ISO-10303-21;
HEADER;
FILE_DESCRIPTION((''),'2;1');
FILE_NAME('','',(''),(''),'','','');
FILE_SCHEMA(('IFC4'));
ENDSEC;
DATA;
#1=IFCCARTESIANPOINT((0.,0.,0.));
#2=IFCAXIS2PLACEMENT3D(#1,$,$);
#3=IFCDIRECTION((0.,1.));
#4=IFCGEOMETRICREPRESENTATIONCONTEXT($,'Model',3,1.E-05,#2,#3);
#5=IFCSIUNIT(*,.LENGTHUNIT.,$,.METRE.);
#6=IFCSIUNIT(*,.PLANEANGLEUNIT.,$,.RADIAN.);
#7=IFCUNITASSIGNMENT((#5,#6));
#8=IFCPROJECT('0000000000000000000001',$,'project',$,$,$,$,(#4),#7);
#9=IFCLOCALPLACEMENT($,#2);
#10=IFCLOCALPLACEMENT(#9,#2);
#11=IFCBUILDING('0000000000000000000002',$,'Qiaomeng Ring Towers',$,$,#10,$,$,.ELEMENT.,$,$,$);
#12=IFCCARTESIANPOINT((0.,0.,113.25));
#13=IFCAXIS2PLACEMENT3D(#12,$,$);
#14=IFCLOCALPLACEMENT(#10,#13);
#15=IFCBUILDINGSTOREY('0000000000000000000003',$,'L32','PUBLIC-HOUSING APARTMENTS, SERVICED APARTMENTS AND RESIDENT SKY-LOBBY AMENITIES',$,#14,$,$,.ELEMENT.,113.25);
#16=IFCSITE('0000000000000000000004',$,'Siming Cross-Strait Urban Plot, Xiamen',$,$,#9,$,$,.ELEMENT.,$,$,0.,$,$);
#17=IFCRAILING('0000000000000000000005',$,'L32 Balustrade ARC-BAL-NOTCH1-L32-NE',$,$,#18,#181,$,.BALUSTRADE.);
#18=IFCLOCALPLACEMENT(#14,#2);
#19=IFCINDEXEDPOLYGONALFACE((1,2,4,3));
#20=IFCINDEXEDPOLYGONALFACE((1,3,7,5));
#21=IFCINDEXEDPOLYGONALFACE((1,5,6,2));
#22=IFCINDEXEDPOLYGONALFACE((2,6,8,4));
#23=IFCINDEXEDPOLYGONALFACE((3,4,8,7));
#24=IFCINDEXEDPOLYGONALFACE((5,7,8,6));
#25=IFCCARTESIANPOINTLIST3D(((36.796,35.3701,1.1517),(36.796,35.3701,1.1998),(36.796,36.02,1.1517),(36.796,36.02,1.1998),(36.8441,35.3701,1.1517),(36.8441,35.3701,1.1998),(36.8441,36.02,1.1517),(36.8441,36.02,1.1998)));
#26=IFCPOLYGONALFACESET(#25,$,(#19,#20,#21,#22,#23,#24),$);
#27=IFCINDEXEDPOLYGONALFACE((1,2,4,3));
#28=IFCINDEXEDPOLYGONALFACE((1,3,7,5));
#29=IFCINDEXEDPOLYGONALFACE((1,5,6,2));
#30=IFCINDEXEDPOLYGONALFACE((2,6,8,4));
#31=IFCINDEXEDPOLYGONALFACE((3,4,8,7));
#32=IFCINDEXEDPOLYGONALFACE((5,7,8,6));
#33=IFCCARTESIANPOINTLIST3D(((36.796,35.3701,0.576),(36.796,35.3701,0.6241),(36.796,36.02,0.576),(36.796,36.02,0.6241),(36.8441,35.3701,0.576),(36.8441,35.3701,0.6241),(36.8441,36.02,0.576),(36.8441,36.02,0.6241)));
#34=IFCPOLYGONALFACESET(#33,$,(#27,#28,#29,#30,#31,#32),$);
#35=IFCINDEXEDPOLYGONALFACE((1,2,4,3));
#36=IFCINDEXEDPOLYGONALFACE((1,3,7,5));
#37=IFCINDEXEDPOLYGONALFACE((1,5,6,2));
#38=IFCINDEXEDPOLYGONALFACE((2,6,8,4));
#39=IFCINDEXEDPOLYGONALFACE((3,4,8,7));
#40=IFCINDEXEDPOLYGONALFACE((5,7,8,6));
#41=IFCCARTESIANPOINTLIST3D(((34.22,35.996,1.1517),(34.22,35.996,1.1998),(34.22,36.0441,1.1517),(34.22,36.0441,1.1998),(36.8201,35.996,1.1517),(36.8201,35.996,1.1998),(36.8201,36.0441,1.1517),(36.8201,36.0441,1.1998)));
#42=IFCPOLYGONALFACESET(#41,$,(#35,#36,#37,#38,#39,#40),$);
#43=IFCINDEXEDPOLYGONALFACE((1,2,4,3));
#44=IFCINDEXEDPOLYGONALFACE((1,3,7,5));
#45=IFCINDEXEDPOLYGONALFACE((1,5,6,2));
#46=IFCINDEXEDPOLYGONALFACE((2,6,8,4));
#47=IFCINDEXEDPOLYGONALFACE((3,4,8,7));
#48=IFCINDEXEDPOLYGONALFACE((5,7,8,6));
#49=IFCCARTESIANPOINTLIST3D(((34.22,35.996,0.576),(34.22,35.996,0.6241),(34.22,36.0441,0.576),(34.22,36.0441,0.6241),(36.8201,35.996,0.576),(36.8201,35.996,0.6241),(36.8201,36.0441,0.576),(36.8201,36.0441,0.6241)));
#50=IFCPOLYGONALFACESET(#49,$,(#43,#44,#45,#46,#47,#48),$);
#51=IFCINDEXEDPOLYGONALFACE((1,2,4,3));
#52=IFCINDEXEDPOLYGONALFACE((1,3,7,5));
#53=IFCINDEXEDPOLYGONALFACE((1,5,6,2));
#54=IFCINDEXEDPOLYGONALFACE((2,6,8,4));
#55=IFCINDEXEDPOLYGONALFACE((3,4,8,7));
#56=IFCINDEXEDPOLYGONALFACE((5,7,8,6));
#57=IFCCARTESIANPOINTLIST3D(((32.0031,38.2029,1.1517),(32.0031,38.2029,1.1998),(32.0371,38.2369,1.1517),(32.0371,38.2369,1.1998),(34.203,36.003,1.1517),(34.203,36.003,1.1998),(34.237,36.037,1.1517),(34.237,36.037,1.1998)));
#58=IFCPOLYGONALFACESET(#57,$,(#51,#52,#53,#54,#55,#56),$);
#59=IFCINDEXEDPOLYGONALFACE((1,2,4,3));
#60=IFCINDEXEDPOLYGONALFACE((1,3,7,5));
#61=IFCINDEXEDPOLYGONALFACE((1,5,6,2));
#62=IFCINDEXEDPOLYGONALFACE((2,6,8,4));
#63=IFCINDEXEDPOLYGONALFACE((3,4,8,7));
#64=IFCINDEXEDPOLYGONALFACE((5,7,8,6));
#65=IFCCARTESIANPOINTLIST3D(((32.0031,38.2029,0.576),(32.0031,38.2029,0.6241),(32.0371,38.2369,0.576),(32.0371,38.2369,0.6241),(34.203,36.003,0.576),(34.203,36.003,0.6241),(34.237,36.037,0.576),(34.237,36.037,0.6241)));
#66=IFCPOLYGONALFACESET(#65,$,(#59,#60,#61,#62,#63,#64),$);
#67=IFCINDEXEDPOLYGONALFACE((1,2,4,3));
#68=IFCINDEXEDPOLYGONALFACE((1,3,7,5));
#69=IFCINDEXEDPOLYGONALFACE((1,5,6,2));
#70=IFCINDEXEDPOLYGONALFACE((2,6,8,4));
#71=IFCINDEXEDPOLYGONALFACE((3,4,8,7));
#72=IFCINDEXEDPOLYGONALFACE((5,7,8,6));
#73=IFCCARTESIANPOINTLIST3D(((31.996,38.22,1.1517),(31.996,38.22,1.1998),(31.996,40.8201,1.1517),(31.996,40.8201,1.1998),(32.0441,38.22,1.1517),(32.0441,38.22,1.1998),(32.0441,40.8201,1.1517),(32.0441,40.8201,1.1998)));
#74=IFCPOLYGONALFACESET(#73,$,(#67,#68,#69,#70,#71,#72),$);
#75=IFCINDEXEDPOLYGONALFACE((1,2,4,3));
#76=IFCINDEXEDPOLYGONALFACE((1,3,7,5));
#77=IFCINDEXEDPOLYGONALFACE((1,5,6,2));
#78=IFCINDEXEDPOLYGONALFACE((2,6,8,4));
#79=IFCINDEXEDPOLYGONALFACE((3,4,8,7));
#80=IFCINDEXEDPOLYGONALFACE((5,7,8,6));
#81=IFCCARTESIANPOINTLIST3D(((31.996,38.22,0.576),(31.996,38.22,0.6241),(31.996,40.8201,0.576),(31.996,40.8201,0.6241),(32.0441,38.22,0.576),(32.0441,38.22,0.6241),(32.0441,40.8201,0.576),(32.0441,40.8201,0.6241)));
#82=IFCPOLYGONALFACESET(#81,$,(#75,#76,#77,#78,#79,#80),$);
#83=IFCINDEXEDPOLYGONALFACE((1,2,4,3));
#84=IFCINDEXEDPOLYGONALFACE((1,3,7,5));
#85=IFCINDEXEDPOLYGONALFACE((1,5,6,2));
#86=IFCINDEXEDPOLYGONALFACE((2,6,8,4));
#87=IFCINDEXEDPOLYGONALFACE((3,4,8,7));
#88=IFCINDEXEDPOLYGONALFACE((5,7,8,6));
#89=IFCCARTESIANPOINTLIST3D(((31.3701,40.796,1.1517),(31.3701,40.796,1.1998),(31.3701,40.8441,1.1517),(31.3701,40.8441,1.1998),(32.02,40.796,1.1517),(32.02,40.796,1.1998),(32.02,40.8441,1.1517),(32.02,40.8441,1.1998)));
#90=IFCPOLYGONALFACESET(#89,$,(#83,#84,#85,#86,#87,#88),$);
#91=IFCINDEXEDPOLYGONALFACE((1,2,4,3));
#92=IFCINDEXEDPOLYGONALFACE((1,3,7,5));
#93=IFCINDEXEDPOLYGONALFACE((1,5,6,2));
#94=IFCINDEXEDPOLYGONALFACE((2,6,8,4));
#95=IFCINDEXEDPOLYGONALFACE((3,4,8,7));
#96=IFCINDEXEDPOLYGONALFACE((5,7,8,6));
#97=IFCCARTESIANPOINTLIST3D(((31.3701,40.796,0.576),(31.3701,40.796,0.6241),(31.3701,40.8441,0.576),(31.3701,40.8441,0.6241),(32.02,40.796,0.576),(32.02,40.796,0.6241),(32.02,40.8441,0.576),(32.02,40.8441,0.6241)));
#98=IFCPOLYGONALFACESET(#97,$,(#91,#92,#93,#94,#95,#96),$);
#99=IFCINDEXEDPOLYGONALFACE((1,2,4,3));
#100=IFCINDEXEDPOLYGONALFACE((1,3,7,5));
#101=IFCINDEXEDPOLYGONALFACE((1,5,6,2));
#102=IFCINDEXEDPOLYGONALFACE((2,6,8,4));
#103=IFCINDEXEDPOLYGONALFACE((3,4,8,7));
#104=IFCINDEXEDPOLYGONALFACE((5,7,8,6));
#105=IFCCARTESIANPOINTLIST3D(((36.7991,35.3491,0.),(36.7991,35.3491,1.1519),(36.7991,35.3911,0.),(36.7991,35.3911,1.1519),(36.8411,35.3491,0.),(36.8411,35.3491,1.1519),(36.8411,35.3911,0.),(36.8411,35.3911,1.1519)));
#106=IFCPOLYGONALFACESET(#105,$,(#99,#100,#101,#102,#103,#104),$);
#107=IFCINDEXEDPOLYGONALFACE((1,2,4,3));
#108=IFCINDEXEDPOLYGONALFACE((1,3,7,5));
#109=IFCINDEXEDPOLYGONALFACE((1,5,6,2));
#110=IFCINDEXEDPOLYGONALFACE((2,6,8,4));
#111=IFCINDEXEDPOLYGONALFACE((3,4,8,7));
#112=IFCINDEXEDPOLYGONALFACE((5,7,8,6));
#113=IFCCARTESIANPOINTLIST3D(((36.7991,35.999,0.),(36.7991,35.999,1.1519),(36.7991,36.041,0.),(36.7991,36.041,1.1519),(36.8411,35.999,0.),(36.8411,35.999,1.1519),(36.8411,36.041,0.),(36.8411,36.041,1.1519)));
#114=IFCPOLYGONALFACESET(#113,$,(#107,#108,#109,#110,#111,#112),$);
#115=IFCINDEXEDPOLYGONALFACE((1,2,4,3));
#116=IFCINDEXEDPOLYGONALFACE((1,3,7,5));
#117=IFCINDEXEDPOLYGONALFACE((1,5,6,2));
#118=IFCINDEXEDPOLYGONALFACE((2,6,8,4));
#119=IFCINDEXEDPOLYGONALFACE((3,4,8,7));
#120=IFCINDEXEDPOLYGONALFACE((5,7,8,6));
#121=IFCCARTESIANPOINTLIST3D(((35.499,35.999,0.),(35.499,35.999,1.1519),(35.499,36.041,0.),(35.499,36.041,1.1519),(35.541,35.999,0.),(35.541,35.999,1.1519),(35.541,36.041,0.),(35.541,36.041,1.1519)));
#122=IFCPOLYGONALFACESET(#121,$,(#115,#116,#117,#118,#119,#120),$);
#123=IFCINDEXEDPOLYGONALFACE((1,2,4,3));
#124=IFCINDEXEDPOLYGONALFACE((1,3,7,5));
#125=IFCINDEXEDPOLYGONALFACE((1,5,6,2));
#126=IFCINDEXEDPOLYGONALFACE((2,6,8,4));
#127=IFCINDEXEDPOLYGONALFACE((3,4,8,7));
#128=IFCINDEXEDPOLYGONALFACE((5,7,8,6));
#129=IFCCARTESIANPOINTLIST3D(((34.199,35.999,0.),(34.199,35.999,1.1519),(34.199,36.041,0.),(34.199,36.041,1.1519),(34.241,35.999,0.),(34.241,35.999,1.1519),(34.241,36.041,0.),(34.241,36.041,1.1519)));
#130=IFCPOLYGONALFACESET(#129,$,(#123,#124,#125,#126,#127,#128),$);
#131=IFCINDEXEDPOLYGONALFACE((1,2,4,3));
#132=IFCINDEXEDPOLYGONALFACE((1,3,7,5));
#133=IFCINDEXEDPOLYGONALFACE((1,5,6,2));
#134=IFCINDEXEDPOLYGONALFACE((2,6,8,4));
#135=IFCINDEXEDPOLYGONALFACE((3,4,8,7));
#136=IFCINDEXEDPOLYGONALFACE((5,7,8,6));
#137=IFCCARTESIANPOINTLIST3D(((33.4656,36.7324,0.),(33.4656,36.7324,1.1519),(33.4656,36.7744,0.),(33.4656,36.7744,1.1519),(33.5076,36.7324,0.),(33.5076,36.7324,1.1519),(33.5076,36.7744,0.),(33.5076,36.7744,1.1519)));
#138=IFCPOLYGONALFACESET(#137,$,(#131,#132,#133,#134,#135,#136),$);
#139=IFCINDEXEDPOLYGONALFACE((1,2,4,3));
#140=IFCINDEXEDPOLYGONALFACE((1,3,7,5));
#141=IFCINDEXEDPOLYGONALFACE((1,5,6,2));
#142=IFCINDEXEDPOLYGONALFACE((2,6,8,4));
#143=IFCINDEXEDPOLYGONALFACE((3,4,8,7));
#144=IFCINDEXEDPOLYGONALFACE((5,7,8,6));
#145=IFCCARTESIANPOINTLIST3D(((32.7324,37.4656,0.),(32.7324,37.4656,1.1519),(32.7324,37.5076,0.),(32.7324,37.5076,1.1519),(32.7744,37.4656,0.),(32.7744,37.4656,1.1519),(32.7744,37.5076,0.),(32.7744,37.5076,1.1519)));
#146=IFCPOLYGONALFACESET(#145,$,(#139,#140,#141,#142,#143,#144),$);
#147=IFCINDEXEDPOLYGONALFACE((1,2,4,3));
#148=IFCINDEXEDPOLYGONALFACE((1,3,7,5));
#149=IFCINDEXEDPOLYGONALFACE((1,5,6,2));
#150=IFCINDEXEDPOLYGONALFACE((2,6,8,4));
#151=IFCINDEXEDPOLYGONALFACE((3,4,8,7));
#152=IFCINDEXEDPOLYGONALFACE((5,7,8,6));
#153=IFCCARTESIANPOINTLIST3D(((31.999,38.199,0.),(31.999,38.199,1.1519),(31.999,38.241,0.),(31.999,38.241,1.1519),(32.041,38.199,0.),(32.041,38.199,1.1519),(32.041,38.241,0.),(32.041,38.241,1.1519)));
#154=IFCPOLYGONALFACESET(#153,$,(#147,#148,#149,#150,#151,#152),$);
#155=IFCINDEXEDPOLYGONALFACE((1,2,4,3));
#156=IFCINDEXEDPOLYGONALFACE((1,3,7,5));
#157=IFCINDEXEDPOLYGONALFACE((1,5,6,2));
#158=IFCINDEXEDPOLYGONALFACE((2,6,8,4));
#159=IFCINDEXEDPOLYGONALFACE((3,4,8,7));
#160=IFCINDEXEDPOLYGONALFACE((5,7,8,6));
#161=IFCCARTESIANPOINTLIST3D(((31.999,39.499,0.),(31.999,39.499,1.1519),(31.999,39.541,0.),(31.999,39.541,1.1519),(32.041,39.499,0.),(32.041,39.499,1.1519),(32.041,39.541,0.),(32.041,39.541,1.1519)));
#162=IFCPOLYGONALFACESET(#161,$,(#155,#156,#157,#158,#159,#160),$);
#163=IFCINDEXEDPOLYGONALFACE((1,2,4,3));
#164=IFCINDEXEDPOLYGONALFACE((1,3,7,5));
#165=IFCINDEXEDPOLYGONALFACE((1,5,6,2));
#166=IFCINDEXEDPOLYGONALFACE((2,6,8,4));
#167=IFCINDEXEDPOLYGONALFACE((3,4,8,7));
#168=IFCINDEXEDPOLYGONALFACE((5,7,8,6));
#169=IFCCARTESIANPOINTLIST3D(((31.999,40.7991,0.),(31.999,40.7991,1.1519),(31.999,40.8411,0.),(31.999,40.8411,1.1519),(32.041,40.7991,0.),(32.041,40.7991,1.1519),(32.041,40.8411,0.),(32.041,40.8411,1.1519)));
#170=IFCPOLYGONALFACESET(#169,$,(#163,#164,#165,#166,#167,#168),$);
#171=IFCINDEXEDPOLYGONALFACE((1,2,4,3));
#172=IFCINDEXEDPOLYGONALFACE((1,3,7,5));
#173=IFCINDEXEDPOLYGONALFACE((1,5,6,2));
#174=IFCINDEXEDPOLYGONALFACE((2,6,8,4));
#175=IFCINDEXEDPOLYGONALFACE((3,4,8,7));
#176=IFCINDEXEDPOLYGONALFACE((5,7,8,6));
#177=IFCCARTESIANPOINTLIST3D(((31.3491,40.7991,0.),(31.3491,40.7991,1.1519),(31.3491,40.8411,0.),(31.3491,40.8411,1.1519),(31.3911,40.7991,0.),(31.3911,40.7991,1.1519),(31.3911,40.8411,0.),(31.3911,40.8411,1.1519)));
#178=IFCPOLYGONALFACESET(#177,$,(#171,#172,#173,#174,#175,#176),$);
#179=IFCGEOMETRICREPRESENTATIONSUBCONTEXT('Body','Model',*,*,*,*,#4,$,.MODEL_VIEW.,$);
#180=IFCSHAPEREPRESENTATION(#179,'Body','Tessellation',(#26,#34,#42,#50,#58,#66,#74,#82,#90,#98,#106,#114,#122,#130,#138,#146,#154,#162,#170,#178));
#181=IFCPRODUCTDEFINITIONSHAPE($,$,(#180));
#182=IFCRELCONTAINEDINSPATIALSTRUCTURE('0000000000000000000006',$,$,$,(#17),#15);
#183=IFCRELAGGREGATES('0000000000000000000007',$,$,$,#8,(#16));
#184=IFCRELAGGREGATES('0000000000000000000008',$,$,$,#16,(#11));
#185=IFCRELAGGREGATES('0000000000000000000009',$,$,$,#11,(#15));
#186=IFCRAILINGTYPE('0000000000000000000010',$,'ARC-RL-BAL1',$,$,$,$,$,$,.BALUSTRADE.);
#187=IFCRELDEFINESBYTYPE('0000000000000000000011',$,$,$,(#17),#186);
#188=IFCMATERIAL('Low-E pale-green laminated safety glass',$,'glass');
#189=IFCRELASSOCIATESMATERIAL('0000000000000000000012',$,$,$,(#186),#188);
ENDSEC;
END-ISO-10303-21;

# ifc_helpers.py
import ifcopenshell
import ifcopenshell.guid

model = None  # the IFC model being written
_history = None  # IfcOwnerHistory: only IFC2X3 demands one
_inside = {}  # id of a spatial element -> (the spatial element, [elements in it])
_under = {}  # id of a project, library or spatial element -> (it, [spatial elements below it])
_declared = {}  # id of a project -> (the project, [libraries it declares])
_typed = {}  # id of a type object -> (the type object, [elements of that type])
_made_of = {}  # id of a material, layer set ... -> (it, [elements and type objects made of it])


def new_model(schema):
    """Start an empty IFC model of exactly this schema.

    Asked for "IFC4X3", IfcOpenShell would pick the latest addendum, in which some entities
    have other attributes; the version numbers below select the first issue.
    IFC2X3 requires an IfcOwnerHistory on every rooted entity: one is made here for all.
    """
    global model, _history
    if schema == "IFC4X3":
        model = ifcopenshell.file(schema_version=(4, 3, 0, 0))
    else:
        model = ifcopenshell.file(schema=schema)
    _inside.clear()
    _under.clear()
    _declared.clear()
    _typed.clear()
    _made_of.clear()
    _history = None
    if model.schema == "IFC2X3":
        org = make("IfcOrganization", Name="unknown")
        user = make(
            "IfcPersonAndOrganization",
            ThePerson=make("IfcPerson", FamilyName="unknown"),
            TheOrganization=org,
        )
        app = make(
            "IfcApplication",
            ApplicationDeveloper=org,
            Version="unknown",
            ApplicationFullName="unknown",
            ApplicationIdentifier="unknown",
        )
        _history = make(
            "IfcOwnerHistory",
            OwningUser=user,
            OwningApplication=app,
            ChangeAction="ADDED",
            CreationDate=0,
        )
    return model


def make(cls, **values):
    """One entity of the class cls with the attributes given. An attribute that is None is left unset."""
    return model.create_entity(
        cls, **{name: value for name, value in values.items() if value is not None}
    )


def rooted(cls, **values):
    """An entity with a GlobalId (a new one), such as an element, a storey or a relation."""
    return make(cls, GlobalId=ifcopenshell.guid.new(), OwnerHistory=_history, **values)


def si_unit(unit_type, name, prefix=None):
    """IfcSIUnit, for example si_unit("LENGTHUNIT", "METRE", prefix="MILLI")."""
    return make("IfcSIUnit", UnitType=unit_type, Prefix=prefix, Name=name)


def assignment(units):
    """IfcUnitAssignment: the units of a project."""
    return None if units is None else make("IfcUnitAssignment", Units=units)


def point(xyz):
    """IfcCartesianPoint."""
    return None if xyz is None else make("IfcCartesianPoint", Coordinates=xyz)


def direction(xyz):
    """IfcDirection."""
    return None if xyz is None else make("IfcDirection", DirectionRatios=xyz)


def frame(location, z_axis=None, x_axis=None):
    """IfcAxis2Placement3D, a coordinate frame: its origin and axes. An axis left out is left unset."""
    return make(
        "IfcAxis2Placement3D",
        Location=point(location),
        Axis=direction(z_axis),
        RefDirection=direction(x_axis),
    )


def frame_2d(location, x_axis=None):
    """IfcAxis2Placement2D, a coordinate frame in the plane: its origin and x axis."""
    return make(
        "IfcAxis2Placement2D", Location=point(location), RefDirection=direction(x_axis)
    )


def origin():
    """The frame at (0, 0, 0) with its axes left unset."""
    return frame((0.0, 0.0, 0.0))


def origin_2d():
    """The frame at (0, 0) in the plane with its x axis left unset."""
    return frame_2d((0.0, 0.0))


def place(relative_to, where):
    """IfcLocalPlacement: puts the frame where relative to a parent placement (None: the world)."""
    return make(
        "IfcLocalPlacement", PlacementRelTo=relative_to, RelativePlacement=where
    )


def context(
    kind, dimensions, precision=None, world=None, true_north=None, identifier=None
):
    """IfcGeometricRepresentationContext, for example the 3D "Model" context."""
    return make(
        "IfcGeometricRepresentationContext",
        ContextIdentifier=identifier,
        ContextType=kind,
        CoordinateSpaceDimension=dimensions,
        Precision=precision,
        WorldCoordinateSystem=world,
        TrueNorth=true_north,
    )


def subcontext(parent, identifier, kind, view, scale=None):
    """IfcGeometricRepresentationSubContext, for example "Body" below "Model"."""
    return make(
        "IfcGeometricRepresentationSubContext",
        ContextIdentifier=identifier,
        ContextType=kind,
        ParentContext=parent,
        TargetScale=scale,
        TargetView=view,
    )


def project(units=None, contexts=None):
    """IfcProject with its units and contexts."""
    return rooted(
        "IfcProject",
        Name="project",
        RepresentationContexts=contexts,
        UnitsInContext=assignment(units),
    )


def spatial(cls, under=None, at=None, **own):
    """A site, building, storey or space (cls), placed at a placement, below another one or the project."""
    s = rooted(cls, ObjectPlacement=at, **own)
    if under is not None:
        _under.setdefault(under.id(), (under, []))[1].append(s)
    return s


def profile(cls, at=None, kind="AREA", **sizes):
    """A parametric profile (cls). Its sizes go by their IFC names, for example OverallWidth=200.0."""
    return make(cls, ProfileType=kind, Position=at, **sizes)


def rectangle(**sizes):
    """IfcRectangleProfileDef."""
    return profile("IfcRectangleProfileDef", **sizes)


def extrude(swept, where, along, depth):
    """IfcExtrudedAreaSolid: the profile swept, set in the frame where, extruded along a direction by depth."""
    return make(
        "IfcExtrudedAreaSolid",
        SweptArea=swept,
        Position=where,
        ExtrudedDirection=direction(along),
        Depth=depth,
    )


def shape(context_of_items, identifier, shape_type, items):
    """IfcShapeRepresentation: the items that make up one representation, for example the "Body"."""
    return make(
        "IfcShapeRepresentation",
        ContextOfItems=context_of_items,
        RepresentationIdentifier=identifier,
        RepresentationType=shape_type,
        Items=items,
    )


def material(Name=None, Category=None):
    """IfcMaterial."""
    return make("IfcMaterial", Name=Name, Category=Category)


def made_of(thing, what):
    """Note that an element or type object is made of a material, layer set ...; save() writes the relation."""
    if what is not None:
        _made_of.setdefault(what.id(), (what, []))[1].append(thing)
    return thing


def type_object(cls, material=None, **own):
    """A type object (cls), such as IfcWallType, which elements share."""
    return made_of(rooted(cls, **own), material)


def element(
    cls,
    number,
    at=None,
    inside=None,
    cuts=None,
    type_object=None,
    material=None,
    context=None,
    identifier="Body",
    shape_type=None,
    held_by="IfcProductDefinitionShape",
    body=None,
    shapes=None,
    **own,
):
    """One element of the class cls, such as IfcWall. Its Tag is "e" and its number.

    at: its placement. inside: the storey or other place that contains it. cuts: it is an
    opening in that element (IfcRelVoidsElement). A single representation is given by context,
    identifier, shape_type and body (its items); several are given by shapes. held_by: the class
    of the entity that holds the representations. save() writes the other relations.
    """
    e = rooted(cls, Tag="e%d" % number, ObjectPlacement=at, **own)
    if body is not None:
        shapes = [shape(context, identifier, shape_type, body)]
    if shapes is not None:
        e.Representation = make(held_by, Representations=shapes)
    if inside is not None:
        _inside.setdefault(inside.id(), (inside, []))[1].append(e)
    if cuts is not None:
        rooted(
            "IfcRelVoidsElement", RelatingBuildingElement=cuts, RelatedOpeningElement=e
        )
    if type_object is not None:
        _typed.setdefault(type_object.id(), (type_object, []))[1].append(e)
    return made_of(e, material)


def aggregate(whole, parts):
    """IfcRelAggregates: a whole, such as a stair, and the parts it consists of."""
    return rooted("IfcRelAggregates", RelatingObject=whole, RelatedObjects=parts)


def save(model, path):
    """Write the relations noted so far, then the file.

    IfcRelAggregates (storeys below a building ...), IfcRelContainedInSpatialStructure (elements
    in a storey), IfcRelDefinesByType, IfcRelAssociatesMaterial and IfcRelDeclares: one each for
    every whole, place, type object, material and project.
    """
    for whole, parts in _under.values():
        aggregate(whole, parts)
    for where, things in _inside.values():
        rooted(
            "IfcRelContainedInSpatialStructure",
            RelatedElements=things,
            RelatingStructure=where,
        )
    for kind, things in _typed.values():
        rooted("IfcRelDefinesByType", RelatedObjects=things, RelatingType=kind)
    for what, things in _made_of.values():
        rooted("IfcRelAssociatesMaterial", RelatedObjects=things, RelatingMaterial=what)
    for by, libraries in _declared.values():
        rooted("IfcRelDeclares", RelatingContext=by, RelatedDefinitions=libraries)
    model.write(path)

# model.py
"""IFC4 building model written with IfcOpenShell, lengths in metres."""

from ifc_helpers import new_model, si_unit, direction, frame, origin, origin_2d, place, context, subcontext, project, spatial, rectangle, extrude, material, type_object, element, save


model = new_model("IFC4")

# Units and contexts
model_context = context("Model", 3, precision=1e-05, world=origin(), true_north=direction((0.0, 1.0)))
body_context = subcontext(model_context, "Body", "Model", "MODEL_VIEW")
ifc_project = project(units=[si_unit("LENGTHUNIT", "METRE"), si_unit("PLANEANGLEUNIT", "RADIAN")], contexts=[model_context])

# Site, building, storey
site_placement = place(None, origin())
site = spatial("IfcSite", under=ifc_project, at=site_placement, Name="Siming Cross-Strait Urban Plot, Xiamen", CompositionType="ELEMENT", RefElevation=0.0)
building_placement = place(site_placement, origin())
building = spatial("IfcBuilding", under=site, at=building_placement, Name="Qiaomeng Ring Towers", CompositionType="ELEMENT")
storey_placement = place(building_placement, frame((0.0, 0.0, 113.25)))
storey = spatial("IfcBuildingStorey", under=building, at=storey_placement, Name="L32", Description="PUBLIC-HOUSING APARTMENTS, SERVICED APARTMENTS AND RESIDENT SKY-LOBBY AMENITIES", CompositionType="ELEMENT", Elevation=113.25)

# Railing
ifc_material_1 = material(Name="Low-E pale-green laminated safety glass", Category="glass")
railing_type = type_object("IfcRailingType", Name="ARC-RL-BAL1", PredefinedType="BALUSTRADE", material=ifc_material_1)
railing_1_placement = place(storey_placement, frame((36.8201, 35.3701, 0.0)))
element("IfcRailing", 1, at=railing_1_placement, inside=storey, type_object=railing_type, Name="L32 Balustrade ARC-BAL-NOTCH1-L32-NE", PredefinedType="BALUSTRADE", context=body_context, shape_type="SweptSolid", body=[
    extrude(rectangle(XDim=0.0481, YDim=0.0481, at=origin_2d()), frame((0.0, 0.0, 1.1758), z_axis=(0.0, 1.0, 0.0), x_axis=(-1.0, 0.0, 0.0)), (0.0, 0.0, 1.0), 0.6499),
    extrude(rectangle(XDim=0.0481, YDim=0.0481, at=origin_2d()), frame((0.0, 0.0, 0.6001), z_axis=(0.0, 1.0, 0.0), x_axis=(-1.0, 0.0, 0.0)), (0.0, 0.0, 1.0), 0.6499),
    extrude(rectangle(XDim=0.0481, YDim=0.0481, at=origin_2d()), frame((0.0, 0.6499, 1.1758), z_axis=(-1.0, 0.0, 0.0), x_axis=(0.0, -1.0, 0.0)), (0.0, 0.0, 1.0), 2.6001),
    extrude(rectangle(XDim=0.0481, YDim=0.0481, at=origin_2d()), frame((0.0, 0.6499, 0.6001), z_axis=(-1.0, 0.0, 0.0), x_axis=(0.0, -1.0, 0.0)), (0.0, 0.0, 1.0), 2.6001),
    extrude(rectangle(XDim=0.0481, YDim=0.0481, at=origin_2d()), frame((-2.6001, 0.6499, 1.1758), z_axis=(-0.707107, 0.707107, 0.0), x_axis=(-0.707107, -0.707107, 0.0)), (0.0, 0.0, 1.0), 3.1111),
    extrude(rectangle(XDim=0.0481, YDim=0.0481, at=origin_2d()), frame((-2.6001, 0.6499, 0.6001), z_axis=(-0.707107, 0.707107, 0.0), x_axis=(-0.707107, -0.707107, 0.0)), (0.0, 0.0, 1.0), 3.1111),
    extrude(rectangle(XDim=0.0481, YDim=0.0481, at=origin_2d()), frame((-4.8, 2.8499, 1.1758), z_axis=(0.0, 1.0, 0.0), x_axis=(-1.0, 0.0, 0.0)), (0.0, 0.0, 1.0), 2.6001),
    extrude(rectangle(XDim=0.0481, YDim=0.0481, at=origin_2d()), frame((-4.8, 2.8499, 0.6001), z_axis=(0.0, 1.0, 0.0), x_axis=(-1.0, 0.0, 0.0)), (0.0, 0.0, 1.0), 2.6001),
    extrude(rectangle(XDim=0.0481, YDim=0.0481, at=origin_2d()), frame((-4.8, 5.45, 1.1758), z_axis=(-1.0, 0.0, 0.0), x_axis=(0.0, -1.0, 0.0)), (0.0, 0.0, 1.0), 0.6499),
    extrude(rectangle(XDim=0.0481, YDim=0.0481, at=origin_2d()), frame((-4.8, 5.45, 0.6001), z_axis=(-1.0, 0.0, 0.0), x_axis=(0.0, -1.0, 0.0)), (0.0, 0.0, 1.0), 0.6499),
    extrude(rectangle(XDim=0.042, YDim=0.042, at=origin_2d()), origin(), (0.0, 0.0, 1.0), 1.1519),
    extrude(rectangle(XDim=0.042, YDim=0.042, at=origin_2d()), frame((0.0, 0.6499, 0.0)), (0.0, 0.0, 1.0), 1.1519),
    extrude(rectangle(XDim=0.042, YDim=0.042, at=origin_2d()), frame((-1.3, 0.6499, 0.0)), (0.0, 0.0, 1.0), 1.1519),
    extrude(rectangle(XDim=0.042, YDim=0.042, at=origin_2d()), frame((-2.6001, 0.6499, 0.0)), (0.0, 0.0, 1.0), 1.1519),
    extrude(rectangle(XDim=0.042, YDim=0.042, at=origin_2d()), frame((-3.3335, 1.3833, 0.0)), (0.0, 0.0, 1.0), 1.1519),
    extrude(rectangle(XDim=0.042, YDim=0.042, at=origin_2d()), frame((-4.0667, 2.1165, 0.0)), (0.0, 0.0, 1.0), 1.1519),
    extrude(rectangle(XDim=0.042, YDim=0.042, at=origin_2d()), frame((-4.8, 2.8499, 0.0)), (0.0, 0.0, 1.0), 1.1519),
    extrude(rectangle(XDim=0.042, YDim=0.042, at=origin_2d()), frame((-4.8, 4.1499, 0.0)), (0.0, 0.0, 1.0), 1.1519),
    extrude(rectangle(XDim=0.042, YDim=0.042, at=origin_2d()), frame((-4.8, 5.45, 0.0)), (0.0, 0.0, 1.0), 1.1519),
    extrude(rectangle(XDim=0.042, YDim=0.042, at=origin_2d()), frame((-5.45, 5.45, 0.0)), (0.0, 0.0, 1.0), 1.1519),
])

save(model, "model.ifc")
